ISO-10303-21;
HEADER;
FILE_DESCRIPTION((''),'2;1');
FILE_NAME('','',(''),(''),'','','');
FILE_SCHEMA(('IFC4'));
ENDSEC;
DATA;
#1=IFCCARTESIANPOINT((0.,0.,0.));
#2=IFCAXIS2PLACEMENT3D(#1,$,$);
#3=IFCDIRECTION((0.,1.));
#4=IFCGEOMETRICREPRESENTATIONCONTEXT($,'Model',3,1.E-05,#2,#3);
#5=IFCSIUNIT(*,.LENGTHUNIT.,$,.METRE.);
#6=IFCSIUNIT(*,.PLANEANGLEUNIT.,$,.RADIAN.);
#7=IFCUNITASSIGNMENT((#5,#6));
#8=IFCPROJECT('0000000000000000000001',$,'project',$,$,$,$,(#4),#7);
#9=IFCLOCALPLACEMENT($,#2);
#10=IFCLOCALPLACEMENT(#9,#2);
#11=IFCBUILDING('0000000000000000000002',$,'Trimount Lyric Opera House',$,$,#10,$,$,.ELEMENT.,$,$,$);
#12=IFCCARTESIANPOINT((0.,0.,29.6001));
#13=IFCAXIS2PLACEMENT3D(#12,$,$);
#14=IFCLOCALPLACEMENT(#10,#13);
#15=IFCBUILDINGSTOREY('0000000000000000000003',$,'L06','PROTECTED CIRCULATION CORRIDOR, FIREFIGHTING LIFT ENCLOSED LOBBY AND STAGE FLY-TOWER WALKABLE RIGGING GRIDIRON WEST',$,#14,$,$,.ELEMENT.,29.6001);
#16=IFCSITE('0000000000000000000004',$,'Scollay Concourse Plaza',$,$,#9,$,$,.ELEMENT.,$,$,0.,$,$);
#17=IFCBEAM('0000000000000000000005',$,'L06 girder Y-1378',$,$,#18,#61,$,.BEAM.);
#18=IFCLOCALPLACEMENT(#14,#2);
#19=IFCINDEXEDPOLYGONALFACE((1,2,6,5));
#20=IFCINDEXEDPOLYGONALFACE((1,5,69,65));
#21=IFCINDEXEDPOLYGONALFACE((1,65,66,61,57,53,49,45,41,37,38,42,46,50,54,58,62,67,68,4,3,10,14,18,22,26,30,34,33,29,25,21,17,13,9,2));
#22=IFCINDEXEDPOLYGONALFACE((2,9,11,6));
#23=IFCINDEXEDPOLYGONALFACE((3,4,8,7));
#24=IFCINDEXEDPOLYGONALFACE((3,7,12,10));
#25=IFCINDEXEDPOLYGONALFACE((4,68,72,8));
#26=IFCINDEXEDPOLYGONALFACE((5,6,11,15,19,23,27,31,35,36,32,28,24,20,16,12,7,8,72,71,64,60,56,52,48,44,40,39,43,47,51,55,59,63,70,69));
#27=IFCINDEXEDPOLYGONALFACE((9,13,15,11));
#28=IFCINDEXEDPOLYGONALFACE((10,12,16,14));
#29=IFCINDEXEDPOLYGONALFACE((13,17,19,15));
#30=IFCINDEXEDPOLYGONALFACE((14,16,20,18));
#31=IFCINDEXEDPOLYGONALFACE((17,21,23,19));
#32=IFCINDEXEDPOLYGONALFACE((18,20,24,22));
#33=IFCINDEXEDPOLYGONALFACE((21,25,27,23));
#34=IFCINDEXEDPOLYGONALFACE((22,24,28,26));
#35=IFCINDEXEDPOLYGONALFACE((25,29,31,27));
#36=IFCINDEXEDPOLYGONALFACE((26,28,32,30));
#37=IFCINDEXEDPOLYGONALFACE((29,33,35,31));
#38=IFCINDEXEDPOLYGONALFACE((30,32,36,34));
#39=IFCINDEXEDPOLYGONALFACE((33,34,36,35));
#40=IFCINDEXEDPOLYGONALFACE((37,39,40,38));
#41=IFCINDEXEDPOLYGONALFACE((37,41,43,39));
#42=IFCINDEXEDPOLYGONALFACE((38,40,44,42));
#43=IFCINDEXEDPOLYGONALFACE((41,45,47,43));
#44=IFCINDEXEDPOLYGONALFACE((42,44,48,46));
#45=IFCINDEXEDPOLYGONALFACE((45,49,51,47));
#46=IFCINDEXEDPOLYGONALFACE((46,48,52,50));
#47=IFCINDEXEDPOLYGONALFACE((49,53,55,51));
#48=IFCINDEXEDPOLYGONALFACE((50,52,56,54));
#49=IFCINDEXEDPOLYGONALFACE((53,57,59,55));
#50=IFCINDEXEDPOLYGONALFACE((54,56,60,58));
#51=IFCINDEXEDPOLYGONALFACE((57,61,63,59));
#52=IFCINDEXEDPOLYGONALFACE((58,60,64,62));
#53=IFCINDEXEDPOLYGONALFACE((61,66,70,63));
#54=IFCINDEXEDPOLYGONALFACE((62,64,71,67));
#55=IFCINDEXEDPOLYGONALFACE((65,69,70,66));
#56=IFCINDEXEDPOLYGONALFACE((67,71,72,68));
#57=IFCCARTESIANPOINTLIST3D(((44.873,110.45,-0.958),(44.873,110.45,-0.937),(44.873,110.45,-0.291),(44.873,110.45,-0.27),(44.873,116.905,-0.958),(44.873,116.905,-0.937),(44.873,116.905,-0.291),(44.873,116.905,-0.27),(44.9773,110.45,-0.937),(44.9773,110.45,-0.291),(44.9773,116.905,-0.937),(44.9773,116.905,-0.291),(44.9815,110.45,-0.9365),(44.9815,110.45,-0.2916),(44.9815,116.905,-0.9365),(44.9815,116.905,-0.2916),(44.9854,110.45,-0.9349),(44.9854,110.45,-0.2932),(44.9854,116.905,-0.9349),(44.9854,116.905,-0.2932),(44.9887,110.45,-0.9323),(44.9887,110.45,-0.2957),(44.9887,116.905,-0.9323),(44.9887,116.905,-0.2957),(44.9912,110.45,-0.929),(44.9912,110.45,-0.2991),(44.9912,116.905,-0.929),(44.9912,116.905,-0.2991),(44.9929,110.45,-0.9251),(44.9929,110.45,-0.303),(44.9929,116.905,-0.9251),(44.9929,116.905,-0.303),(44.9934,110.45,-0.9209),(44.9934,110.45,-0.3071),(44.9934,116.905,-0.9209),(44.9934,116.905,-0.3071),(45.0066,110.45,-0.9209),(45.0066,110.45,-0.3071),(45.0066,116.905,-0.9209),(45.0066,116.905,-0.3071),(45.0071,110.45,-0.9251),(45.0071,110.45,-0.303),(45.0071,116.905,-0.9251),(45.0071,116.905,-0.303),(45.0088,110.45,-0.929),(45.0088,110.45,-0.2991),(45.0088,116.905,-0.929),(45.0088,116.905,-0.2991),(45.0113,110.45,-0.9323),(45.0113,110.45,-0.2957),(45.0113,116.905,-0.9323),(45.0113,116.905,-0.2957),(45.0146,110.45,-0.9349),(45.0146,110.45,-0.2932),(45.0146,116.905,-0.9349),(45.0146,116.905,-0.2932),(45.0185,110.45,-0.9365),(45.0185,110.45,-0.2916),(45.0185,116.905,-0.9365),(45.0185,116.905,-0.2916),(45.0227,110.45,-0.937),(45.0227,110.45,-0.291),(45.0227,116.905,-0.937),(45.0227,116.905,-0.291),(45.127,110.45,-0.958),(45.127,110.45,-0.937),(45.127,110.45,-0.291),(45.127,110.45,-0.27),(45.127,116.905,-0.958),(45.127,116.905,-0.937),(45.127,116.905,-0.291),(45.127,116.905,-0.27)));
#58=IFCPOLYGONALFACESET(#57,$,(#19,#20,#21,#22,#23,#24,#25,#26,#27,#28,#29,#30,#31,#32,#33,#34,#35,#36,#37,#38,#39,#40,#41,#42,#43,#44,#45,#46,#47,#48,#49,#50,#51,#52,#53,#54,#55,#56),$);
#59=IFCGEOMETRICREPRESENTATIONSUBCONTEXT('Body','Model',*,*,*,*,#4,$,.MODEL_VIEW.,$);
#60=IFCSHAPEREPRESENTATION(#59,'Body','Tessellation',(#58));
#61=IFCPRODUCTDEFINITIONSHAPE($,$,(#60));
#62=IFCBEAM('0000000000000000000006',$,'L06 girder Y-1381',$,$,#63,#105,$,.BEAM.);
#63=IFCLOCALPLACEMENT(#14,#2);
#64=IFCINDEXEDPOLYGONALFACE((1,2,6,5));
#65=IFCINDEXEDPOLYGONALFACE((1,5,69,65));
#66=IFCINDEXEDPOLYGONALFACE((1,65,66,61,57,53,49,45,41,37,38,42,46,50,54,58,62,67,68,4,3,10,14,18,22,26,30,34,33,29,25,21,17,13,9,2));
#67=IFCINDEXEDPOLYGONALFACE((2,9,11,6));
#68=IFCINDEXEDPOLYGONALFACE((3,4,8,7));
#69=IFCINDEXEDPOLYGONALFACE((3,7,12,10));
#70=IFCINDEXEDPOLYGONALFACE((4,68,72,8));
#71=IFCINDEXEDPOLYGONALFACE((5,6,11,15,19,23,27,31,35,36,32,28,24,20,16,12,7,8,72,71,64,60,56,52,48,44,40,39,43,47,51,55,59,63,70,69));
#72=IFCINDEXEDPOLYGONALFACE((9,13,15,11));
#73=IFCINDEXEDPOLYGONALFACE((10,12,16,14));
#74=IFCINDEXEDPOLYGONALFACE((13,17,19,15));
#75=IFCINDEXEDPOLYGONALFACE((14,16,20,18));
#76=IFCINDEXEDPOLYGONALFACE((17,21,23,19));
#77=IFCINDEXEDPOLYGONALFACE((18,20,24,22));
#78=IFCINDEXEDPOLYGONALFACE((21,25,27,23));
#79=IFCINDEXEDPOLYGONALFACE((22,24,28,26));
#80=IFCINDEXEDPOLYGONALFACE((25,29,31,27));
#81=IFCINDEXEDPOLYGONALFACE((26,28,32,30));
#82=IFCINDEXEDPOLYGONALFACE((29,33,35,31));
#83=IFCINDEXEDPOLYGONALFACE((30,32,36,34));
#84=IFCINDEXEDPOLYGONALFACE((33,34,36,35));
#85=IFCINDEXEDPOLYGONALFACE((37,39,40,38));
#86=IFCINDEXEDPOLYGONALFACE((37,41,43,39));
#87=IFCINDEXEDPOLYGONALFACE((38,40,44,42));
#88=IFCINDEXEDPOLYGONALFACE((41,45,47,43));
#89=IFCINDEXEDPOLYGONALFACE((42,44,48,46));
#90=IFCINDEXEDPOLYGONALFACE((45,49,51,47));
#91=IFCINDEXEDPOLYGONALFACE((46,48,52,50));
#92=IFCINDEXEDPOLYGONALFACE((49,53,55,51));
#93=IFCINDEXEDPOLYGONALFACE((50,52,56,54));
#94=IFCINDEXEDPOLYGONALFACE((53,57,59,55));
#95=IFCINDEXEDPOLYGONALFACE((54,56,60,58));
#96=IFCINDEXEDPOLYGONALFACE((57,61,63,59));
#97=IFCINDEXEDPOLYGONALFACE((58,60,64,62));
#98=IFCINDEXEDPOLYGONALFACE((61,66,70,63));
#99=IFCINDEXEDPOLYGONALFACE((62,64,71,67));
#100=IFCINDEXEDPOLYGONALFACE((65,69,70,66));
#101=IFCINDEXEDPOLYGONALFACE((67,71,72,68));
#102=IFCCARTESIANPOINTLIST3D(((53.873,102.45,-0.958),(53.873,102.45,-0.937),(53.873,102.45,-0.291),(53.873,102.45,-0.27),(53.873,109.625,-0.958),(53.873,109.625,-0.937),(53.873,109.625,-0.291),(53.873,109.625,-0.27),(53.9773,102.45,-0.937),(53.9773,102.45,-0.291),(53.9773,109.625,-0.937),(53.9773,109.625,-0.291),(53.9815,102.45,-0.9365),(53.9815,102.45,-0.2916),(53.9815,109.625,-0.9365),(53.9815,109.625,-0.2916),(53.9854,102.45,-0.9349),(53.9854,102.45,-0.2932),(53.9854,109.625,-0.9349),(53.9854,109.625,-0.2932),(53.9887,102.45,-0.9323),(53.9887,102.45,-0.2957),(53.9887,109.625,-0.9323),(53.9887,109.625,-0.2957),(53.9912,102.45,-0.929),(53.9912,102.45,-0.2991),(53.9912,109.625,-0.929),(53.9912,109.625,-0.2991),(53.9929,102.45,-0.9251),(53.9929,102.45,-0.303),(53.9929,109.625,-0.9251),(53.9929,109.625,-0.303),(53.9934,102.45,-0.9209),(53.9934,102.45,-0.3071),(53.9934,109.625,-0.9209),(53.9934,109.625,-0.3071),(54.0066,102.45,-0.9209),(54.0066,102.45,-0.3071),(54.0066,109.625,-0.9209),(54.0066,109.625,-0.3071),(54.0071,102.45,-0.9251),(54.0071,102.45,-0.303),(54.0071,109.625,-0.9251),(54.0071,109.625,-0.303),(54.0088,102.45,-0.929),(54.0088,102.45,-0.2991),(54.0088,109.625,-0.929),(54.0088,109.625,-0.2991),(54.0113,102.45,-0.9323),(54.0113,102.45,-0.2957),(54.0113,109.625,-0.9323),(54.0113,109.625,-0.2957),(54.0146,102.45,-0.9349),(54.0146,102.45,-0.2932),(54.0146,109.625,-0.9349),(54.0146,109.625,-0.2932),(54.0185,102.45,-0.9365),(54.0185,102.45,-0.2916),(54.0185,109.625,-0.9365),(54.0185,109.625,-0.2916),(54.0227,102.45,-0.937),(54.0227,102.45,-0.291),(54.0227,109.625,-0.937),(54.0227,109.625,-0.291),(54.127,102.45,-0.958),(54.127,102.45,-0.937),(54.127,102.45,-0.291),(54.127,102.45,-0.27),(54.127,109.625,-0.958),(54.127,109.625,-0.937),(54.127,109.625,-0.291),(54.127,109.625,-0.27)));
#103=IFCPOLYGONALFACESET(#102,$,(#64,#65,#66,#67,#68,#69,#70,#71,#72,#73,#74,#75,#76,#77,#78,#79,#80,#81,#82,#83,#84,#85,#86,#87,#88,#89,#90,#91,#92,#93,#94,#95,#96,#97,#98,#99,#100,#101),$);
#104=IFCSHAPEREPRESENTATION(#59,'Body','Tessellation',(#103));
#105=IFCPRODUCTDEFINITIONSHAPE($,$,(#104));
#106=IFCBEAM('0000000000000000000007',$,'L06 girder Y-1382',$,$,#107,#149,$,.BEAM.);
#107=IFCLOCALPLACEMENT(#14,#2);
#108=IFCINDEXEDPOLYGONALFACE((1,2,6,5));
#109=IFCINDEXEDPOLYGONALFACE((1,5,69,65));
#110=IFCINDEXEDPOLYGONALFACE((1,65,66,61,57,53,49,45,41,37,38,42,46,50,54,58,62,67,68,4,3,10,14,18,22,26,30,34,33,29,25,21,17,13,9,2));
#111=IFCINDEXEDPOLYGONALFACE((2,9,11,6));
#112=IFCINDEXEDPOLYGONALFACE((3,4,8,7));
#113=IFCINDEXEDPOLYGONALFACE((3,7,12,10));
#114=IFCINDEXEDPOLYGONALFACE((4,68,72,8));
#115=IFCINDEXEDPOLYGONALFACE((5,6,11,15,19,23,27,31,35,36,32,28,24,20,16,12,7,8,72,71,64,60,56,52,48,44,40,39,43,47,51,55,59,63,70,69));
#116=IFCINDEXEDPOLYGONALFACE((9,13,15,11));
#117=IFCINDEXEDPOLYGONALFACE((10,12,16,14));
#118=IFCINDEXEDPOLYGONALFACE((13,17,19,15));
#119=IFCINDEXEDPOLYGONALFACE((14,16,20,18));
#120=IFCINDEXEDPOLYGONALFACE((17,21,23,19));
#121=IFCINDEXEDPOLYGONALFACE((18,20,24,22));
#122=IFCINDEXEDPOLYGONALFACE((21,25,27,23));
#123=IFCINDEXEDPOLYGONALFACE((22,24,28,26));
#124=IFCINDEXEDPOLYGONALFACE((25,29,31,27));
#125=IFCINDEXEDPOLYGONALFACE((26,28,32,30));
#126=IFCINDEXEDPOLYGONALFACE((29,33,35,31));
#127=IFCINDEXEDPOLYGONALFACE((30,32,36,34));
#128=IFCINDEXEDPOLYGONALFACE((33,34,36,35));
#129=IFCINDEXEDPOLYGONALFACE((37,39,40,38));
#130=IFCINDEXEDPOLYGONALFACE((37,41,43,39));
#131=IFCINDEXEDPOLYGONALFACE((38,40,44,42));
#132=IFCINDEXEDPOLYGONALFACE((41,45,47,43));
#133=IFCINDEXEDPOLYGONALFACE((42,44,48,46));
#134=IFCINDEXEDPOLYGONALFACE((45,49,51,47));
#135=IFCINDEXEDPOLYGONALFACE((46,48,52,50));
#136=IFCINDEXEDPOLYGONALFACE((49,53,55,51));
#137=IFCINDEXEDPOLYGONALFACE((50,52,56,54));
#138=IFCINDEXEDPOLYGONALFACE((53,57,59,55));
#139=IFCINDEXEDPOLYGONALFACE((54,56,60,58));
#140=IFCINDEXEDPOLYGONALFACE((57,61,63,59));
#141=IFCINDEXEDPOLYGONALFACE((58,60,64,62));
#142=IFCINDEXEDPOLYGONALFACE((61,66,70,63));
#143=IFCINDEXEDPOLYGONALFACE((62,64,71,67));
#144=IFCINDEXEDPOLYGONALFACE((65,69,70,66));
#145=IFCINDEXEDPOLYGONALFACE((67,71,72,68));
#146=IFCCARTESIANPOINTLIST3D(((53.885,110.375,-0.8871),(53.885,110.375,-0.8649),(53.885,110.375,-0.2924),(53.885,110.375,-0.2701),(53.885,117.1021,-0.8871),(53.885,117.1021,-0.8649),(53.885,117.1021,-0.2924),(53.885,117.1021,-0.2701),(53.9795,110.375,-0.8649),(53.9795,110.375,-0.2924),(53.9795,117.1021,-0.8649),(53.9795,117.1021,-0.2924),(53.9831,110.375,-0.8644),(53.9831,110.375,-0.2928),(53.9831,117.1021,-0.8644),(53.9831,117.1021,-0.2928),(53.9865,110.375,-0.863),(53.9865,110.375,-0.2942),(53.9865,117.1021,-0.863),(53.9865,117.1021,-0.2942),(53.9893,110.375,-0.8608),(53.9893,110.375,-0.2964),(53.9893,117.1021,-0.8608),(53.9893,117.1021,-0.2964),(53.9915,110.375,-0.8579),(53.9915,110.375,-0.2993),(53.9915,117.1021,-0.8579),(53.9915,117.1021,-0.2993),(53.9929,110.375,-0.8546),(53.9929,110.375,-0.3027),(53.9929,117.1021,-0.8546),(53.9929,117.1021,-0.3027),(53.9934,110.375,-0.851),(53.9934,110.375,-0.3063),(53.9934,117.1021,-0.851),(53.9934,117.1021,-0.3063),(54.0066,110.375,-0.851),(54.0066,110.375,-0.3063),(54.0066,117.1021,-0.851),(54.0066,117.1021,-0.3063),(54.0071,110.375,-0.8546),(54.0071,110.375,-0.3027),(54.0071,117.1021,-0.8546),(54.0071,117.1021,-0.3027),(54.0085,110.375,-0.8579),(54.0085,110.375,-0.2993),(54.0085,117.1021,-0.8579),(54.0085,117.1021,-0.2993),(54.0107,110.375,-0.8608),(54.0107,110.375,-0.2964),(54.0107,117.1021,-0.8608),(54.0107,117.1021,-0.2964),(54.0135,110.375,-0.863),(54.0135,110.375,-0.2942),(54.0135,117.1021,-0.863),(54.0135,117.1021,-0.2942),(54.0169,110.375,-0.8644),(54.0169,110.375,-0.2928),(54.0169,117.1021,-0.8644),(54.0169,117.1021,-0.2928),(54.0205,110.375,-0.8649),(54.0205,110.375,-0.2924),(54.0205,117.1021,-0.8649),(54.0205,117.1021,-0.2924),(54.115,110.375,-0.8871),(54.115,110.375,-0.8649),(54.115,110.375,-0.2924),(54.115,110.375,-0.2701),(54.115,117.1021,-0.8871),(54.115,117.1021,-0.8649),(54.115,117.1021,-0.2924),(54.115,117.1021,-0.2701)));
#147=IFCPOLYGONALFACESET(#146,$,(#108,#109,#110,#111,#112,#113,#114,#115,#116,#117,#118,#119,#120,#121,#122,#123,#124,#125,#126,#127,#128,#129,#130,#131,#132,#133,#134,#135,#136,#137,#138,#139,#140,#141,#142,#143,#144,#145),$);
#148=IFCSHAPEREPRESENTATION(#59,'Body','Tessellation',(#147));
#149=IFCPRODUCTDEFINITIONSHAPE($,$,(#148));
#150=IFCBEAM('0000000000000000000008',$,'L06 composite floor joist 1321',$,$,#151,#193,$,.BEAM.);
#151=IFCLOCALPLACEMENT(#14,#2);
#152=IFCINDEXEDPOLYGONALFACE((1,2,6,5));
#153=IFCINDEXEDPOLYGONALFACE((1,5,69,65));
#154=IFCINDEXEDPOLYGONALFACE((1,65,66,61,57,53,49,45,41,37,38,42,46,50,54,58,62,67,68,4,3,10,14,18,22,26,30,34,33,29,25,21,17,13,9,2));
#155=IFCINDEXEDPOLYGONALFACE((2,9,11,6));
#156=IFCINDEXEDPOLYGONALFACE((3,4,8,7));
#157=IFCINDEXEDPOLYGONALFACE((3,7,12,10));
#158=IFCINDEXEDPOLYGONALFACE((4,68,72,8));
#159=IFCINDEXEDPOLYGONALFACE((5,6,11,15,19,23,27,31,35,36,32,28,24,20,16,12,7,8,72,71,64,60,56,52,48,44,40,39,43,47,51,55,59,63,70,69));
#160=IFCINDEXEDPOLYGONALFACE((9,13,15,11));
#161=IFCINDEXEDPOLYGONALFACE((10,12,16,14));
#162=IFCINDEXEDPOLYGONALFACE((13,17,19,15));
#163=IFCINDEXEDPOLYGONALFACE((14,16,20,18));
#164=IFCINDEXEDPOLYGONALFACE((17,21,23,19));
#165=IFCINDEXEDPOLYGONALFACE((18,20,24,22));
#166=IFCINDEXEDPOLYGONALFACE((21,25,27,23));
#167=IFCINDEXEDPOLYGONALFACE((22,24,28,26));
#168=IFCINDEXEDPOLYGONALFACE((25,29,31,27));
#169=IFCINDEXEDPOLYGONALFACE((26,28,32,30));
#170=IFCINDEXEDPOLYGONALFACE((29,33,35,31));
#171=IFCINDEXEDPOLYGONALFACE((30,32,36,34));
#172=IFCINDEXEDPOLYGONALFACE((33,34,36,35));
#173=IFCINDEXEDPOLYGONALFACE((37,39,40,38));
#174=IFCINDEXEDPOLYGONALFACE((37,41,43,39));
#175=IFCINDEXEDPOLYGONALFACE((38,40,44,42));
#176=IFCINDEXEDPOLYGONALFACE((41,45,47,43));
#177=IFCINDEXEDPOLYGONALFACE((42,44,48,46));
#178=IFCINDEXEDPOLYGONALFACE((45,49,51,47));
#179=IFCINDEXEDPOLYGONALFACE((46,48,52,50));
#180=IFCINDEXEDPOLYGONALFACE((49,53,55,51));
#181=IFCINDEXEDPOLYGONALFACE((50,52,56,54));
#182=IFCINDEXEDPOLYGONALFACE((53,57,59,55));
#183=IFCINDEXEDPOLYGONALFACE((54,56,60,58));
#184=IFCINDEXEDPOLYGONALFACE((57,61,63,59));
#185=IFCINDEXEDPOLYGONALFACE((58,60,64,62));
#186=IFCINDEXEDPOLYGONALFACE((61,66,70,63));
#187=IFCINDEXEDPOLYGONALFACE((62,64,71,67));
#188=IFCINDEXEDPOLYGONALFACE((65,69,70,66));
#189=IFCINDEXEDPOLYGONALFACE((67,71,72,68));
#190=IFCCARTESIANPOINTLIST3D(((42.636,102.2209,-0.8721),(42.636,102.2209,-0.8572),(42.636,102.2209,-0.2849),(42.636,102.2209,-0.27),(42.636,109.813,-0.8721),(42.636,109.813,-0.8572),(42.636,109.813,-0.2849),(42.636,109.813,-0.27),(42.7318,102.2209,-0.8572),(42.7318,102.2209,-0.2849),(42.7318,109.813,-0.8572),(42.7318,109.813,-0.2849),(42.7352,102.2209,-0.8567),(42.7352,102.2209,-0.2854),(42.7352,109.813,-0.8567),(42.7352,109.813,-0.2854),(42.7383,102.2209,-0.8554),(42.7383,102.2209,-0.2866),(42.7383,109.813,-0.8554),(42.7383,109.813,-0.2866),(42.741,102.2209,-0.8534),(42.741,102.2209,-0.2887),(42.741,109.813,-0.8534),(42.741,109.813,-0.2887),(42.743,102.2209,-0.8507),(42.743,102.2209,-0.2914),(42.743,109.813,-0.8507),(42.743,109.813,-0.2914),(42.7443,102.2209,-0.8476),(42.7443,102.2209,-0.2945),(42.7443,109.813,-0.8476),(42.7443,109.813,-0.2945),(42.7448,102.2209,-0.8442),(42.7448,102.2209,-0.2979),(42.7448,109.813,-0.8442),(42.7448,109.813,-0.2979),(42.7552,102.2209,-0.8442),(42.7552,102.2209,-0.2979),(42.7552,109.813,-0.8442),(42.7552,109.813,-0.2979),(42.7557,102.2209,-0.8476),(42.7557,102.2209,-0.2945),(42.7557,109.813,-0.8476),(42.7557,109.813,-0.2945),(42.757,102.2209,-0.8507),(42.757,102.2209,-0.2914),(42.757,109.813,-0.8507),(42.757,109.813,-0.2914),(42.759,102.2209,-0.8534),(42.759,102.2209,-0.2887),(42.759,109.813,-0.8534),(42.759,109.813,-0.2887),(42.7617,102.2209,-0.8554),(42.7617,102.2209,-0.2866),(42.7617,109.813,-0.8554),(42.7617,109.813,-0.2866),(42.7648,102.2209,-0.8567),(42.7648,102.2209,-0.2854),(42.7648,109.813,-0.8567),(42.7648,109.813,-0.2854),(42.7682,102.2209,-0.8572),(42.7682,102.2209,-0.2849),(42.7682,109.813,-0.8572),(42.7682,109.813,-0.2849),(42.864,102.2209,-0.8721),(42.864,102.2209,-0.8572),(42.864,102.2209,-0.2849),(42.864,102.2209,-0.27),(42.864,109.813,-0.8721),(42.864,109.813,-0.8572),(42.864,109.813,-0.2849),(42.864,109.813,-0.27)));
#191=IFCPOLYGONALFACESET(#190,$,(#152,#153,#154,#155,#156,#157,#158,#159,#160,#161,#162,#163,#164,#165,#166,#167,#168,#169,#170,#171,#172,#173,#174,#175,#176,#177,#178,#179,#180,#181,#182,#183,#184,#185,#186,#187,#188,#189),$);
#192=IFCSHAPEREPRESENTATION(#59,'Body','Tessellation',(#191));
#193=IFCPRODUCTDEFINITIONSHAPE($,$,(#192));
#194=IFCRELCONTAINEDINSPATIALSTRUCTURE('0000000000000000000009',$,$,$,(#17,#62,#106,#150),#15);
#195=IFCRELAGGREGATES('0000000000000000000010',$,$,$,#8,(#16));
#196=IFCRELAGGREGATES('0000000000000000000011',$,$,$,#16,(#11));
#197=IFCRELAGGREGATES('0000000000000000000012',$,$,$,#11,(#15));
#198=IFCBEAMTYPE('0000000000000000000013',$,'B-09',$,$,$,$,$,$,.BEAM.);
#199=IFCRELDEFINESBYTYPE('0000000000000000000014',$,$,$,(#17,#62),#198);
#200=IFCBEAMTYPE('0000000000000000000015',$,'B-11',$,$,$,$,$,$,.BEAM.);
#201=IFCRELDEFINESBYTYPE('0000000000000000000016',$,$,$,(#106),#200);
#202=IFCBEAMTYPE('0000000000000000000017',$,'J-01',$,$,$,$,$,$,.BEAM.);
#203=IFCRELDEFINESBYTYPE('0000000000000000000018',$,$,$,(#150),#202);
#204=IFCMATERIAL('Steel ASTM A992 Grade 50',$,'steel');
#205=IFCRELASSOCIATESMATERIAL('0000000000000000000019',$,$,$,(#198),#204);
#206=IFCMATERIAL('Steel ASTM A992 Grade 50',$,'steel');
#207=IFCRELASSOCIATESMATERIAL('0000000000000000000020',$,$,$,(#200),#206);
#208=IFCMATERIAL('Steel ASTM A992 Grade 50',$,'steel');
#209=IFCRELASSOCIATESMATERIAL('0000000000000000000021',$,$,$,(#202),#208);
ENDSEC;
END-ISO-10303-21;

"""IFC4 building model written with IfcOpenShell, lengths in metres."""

from ifc_helpers import new_model, si_unit, direction, frame, origin, origin_2d, place, context, subcontext, project, spatial, i_section, extrude, material, material_profile, profile_set, type_object, element, save


model = new_model("IFC4")

# Units and contexts
model_context = context("Model", 3, precision=1e-05, world=origin(), true_north=direction((0.0, 1.0)))
body_context = subcontext(model_context, "Body", "Model", "MODEL_VIEW")
ifc_project = project(units=[si_unit("LENGTHUNIT", "METRE"), si_unit("PLANEANGLEUNIT", "RADIAN")], contexts=[model_context])

# Site, building, storey
site_placement = place(None, origin())
site = spatial("IfcSite", under=ifc_project, at=site_placement, Name="Scollay Concourse Plaza", CompositionType="ELEMENT", RefElevation=0.0)
building_placement = place(site_placement, origin())
building = spatial("IfcBuilding", under=site, at=building_placement, Name="Trimount Lyric Opera House", CompositionType="ELEMENT")
storey_placement = place(building_placement, frame((0.0, 0.0, 29.6001)))
storey = spatial("IfcBuildingStorey", under=building, at=storey_placement, Name="L06", Description="PROTECTED CIRCULATION CORRIDOR, FIREFIGHTING LIFT ENCLOSED LOBBY AND STAGE FLY-TOWER WALKABLE RIGGING GRIDIRON WEST", CompositionType="ELEMENT", Elevation=29.6001)

# Beams
ifc_material_1 = material(Name="Steel ASTM A992 Grade 50", Category="steel")
ifc_material_profile_1 = material_profile(ifc_material_1, i_section(OverallWidth=0.2539, OverallDepth=0.688, WebThickness=0.0132, FlangeThickness=0.021, FilletRadius=0.0161, at=origin_2d()), Name="W27X102")
ifc_profile_set_1 = profile_set([ifc_material_profile_1], Name="Steel ASTM A992 Grade 50")
beam_type_1 = type_object("IfcBeamType", Name="B-09", PredefinedType="BEAM", material=ifc_profile_set_1)
beam_1_placement = place(storey_placement, frame((45.0, 110.45, -0.614), z_axis=(0.0, 1.0, 0.0), x_axis=(-1.0, 0.0, 0.0)))
element("IfcBeam", 1, at=beam_1_placement, inside=storey, type_object=beam_type_1, Name="L06 girder Y-1378", PredefinedType="BEAM", context=body_context, shape_type="SweptSolid", body=[
    extrude(i_section(OverallWidth=0.2539, OverallDepth=0.688, WebThickness=0.0132, FlangeThickness=0.021, FilletRadius=0.0161, at=origin_2d()), origin(), (0.0, 0.0, 1.0), 6.4551),
])
beam_2_placement = place(storey_placement, frame((54.0, 102.45, -0.614), z_axis=(0.0, 1.0, 0.0), x_axis=(-1.0, 0.0, 0.0)))
element("IfcBeam", 2, at=beam_2_placement, inside=storey, type_object=beam_type_1, Name="L06 girder Y-1381", PredefinedType="BEAM", context=body_context, shape_type="SweptSolid", body=[
    extrude(i_section(OverallWidth=0.2539, OverallDepth=0.688, WebThickness=0.0132, FlangeThickness=0.021, FilletRadius=0.0161, at=origin_2d()), origin(), (0.0, 0.0, 1.0), 7.175),
])
ifc_material_2 = material(Name="Steel ASTM A992 Grade 50", Category="steel")
ifc_material_profile_2 = material_profile(ifc_material_2, i_section(OverallWidth=0.23, OverallDepth=0.6169, WebThickness=0.0132, FlangeThickness=0.0222, FilletRadius=0.0139, at=origin_2d()), Name="W24X94")
ifc_profile_set_2 = profile_set([ifc_material_profile_2], Name="Steel ASTM A992 Grade 50")
beam_type_2 = type_object("IfcBeamType", Name="B-11", PredefinedType="BEAM", material=ifc_profile_set_2)
beam_3_placement = place(storey_placement, frame((54.0, 110.375, -0.5786), z_axis=(0.0, 1.0, 0.0), x_axis=(-1.0, 0.0, 0.0)))
element("IfcBeam", 3, at=beam_3_placement, inside=storey, type_object=beam_type_2, Name="L06 girder Y-1382", PredefinedType="BEAM", context=body_context, shape_type="SweptSolid", body=[
    extrude(i_section(OverallWidth=0.23, OverallDepth=0.6169, WebThickness=0.0132, FlangeThickness=0.0222, FilletRadius=0.0139, at=origin_2d()), origin(), (0.0, 0.0, 1.0), 6.7271),
])
ifc_material_3 = material(Name="Steel ASTM A992 Grade 50", Category="steel")
ifc_material_profile_3 = material_profile(ifc_material_3, i_section(OverallWidth=0.228, OverallDepth=0.6021, WebThickness=0.0105, FlangeThickness=0.0149, FilletRadius=0.0129, at=origin_2d()), Name="W24X68")
ifc_profile_set_3 = profile_set([ifc_material_profile_3], Name="Steel ASTM A992 Grade 50")
beam_type_3 = type_object("IfcBeamType", Name="J-01", PredefinedType="BEAM", material=ifc_profile_set_3)
beam_4_placement = place(storey_placement, frame((42.75, 102.2209, -0.571), z_axis=(0.0, 1.0, 0.0), x_axis=(-1.0, 0.0, 0.0)))
element("IfcBeam", 4, at=beam_4_placement, inside=storey, type_object=beam_type_3, Name="L06 composite floor joist 1321", PredefinedType="BEAM", context=body_context, shape_type="SweptSolid", body=[
    extrude(i_section(OverallWidth=0.228, OverallDepth=0.6021, WebThickness=0.0105, FlangeThickness=0.0149, FilletRadius=0.0129, at=origin_2d()), origin(), (0.0, 0.0, 1.0), 7.592),
])

save(model, "model.ifc")
